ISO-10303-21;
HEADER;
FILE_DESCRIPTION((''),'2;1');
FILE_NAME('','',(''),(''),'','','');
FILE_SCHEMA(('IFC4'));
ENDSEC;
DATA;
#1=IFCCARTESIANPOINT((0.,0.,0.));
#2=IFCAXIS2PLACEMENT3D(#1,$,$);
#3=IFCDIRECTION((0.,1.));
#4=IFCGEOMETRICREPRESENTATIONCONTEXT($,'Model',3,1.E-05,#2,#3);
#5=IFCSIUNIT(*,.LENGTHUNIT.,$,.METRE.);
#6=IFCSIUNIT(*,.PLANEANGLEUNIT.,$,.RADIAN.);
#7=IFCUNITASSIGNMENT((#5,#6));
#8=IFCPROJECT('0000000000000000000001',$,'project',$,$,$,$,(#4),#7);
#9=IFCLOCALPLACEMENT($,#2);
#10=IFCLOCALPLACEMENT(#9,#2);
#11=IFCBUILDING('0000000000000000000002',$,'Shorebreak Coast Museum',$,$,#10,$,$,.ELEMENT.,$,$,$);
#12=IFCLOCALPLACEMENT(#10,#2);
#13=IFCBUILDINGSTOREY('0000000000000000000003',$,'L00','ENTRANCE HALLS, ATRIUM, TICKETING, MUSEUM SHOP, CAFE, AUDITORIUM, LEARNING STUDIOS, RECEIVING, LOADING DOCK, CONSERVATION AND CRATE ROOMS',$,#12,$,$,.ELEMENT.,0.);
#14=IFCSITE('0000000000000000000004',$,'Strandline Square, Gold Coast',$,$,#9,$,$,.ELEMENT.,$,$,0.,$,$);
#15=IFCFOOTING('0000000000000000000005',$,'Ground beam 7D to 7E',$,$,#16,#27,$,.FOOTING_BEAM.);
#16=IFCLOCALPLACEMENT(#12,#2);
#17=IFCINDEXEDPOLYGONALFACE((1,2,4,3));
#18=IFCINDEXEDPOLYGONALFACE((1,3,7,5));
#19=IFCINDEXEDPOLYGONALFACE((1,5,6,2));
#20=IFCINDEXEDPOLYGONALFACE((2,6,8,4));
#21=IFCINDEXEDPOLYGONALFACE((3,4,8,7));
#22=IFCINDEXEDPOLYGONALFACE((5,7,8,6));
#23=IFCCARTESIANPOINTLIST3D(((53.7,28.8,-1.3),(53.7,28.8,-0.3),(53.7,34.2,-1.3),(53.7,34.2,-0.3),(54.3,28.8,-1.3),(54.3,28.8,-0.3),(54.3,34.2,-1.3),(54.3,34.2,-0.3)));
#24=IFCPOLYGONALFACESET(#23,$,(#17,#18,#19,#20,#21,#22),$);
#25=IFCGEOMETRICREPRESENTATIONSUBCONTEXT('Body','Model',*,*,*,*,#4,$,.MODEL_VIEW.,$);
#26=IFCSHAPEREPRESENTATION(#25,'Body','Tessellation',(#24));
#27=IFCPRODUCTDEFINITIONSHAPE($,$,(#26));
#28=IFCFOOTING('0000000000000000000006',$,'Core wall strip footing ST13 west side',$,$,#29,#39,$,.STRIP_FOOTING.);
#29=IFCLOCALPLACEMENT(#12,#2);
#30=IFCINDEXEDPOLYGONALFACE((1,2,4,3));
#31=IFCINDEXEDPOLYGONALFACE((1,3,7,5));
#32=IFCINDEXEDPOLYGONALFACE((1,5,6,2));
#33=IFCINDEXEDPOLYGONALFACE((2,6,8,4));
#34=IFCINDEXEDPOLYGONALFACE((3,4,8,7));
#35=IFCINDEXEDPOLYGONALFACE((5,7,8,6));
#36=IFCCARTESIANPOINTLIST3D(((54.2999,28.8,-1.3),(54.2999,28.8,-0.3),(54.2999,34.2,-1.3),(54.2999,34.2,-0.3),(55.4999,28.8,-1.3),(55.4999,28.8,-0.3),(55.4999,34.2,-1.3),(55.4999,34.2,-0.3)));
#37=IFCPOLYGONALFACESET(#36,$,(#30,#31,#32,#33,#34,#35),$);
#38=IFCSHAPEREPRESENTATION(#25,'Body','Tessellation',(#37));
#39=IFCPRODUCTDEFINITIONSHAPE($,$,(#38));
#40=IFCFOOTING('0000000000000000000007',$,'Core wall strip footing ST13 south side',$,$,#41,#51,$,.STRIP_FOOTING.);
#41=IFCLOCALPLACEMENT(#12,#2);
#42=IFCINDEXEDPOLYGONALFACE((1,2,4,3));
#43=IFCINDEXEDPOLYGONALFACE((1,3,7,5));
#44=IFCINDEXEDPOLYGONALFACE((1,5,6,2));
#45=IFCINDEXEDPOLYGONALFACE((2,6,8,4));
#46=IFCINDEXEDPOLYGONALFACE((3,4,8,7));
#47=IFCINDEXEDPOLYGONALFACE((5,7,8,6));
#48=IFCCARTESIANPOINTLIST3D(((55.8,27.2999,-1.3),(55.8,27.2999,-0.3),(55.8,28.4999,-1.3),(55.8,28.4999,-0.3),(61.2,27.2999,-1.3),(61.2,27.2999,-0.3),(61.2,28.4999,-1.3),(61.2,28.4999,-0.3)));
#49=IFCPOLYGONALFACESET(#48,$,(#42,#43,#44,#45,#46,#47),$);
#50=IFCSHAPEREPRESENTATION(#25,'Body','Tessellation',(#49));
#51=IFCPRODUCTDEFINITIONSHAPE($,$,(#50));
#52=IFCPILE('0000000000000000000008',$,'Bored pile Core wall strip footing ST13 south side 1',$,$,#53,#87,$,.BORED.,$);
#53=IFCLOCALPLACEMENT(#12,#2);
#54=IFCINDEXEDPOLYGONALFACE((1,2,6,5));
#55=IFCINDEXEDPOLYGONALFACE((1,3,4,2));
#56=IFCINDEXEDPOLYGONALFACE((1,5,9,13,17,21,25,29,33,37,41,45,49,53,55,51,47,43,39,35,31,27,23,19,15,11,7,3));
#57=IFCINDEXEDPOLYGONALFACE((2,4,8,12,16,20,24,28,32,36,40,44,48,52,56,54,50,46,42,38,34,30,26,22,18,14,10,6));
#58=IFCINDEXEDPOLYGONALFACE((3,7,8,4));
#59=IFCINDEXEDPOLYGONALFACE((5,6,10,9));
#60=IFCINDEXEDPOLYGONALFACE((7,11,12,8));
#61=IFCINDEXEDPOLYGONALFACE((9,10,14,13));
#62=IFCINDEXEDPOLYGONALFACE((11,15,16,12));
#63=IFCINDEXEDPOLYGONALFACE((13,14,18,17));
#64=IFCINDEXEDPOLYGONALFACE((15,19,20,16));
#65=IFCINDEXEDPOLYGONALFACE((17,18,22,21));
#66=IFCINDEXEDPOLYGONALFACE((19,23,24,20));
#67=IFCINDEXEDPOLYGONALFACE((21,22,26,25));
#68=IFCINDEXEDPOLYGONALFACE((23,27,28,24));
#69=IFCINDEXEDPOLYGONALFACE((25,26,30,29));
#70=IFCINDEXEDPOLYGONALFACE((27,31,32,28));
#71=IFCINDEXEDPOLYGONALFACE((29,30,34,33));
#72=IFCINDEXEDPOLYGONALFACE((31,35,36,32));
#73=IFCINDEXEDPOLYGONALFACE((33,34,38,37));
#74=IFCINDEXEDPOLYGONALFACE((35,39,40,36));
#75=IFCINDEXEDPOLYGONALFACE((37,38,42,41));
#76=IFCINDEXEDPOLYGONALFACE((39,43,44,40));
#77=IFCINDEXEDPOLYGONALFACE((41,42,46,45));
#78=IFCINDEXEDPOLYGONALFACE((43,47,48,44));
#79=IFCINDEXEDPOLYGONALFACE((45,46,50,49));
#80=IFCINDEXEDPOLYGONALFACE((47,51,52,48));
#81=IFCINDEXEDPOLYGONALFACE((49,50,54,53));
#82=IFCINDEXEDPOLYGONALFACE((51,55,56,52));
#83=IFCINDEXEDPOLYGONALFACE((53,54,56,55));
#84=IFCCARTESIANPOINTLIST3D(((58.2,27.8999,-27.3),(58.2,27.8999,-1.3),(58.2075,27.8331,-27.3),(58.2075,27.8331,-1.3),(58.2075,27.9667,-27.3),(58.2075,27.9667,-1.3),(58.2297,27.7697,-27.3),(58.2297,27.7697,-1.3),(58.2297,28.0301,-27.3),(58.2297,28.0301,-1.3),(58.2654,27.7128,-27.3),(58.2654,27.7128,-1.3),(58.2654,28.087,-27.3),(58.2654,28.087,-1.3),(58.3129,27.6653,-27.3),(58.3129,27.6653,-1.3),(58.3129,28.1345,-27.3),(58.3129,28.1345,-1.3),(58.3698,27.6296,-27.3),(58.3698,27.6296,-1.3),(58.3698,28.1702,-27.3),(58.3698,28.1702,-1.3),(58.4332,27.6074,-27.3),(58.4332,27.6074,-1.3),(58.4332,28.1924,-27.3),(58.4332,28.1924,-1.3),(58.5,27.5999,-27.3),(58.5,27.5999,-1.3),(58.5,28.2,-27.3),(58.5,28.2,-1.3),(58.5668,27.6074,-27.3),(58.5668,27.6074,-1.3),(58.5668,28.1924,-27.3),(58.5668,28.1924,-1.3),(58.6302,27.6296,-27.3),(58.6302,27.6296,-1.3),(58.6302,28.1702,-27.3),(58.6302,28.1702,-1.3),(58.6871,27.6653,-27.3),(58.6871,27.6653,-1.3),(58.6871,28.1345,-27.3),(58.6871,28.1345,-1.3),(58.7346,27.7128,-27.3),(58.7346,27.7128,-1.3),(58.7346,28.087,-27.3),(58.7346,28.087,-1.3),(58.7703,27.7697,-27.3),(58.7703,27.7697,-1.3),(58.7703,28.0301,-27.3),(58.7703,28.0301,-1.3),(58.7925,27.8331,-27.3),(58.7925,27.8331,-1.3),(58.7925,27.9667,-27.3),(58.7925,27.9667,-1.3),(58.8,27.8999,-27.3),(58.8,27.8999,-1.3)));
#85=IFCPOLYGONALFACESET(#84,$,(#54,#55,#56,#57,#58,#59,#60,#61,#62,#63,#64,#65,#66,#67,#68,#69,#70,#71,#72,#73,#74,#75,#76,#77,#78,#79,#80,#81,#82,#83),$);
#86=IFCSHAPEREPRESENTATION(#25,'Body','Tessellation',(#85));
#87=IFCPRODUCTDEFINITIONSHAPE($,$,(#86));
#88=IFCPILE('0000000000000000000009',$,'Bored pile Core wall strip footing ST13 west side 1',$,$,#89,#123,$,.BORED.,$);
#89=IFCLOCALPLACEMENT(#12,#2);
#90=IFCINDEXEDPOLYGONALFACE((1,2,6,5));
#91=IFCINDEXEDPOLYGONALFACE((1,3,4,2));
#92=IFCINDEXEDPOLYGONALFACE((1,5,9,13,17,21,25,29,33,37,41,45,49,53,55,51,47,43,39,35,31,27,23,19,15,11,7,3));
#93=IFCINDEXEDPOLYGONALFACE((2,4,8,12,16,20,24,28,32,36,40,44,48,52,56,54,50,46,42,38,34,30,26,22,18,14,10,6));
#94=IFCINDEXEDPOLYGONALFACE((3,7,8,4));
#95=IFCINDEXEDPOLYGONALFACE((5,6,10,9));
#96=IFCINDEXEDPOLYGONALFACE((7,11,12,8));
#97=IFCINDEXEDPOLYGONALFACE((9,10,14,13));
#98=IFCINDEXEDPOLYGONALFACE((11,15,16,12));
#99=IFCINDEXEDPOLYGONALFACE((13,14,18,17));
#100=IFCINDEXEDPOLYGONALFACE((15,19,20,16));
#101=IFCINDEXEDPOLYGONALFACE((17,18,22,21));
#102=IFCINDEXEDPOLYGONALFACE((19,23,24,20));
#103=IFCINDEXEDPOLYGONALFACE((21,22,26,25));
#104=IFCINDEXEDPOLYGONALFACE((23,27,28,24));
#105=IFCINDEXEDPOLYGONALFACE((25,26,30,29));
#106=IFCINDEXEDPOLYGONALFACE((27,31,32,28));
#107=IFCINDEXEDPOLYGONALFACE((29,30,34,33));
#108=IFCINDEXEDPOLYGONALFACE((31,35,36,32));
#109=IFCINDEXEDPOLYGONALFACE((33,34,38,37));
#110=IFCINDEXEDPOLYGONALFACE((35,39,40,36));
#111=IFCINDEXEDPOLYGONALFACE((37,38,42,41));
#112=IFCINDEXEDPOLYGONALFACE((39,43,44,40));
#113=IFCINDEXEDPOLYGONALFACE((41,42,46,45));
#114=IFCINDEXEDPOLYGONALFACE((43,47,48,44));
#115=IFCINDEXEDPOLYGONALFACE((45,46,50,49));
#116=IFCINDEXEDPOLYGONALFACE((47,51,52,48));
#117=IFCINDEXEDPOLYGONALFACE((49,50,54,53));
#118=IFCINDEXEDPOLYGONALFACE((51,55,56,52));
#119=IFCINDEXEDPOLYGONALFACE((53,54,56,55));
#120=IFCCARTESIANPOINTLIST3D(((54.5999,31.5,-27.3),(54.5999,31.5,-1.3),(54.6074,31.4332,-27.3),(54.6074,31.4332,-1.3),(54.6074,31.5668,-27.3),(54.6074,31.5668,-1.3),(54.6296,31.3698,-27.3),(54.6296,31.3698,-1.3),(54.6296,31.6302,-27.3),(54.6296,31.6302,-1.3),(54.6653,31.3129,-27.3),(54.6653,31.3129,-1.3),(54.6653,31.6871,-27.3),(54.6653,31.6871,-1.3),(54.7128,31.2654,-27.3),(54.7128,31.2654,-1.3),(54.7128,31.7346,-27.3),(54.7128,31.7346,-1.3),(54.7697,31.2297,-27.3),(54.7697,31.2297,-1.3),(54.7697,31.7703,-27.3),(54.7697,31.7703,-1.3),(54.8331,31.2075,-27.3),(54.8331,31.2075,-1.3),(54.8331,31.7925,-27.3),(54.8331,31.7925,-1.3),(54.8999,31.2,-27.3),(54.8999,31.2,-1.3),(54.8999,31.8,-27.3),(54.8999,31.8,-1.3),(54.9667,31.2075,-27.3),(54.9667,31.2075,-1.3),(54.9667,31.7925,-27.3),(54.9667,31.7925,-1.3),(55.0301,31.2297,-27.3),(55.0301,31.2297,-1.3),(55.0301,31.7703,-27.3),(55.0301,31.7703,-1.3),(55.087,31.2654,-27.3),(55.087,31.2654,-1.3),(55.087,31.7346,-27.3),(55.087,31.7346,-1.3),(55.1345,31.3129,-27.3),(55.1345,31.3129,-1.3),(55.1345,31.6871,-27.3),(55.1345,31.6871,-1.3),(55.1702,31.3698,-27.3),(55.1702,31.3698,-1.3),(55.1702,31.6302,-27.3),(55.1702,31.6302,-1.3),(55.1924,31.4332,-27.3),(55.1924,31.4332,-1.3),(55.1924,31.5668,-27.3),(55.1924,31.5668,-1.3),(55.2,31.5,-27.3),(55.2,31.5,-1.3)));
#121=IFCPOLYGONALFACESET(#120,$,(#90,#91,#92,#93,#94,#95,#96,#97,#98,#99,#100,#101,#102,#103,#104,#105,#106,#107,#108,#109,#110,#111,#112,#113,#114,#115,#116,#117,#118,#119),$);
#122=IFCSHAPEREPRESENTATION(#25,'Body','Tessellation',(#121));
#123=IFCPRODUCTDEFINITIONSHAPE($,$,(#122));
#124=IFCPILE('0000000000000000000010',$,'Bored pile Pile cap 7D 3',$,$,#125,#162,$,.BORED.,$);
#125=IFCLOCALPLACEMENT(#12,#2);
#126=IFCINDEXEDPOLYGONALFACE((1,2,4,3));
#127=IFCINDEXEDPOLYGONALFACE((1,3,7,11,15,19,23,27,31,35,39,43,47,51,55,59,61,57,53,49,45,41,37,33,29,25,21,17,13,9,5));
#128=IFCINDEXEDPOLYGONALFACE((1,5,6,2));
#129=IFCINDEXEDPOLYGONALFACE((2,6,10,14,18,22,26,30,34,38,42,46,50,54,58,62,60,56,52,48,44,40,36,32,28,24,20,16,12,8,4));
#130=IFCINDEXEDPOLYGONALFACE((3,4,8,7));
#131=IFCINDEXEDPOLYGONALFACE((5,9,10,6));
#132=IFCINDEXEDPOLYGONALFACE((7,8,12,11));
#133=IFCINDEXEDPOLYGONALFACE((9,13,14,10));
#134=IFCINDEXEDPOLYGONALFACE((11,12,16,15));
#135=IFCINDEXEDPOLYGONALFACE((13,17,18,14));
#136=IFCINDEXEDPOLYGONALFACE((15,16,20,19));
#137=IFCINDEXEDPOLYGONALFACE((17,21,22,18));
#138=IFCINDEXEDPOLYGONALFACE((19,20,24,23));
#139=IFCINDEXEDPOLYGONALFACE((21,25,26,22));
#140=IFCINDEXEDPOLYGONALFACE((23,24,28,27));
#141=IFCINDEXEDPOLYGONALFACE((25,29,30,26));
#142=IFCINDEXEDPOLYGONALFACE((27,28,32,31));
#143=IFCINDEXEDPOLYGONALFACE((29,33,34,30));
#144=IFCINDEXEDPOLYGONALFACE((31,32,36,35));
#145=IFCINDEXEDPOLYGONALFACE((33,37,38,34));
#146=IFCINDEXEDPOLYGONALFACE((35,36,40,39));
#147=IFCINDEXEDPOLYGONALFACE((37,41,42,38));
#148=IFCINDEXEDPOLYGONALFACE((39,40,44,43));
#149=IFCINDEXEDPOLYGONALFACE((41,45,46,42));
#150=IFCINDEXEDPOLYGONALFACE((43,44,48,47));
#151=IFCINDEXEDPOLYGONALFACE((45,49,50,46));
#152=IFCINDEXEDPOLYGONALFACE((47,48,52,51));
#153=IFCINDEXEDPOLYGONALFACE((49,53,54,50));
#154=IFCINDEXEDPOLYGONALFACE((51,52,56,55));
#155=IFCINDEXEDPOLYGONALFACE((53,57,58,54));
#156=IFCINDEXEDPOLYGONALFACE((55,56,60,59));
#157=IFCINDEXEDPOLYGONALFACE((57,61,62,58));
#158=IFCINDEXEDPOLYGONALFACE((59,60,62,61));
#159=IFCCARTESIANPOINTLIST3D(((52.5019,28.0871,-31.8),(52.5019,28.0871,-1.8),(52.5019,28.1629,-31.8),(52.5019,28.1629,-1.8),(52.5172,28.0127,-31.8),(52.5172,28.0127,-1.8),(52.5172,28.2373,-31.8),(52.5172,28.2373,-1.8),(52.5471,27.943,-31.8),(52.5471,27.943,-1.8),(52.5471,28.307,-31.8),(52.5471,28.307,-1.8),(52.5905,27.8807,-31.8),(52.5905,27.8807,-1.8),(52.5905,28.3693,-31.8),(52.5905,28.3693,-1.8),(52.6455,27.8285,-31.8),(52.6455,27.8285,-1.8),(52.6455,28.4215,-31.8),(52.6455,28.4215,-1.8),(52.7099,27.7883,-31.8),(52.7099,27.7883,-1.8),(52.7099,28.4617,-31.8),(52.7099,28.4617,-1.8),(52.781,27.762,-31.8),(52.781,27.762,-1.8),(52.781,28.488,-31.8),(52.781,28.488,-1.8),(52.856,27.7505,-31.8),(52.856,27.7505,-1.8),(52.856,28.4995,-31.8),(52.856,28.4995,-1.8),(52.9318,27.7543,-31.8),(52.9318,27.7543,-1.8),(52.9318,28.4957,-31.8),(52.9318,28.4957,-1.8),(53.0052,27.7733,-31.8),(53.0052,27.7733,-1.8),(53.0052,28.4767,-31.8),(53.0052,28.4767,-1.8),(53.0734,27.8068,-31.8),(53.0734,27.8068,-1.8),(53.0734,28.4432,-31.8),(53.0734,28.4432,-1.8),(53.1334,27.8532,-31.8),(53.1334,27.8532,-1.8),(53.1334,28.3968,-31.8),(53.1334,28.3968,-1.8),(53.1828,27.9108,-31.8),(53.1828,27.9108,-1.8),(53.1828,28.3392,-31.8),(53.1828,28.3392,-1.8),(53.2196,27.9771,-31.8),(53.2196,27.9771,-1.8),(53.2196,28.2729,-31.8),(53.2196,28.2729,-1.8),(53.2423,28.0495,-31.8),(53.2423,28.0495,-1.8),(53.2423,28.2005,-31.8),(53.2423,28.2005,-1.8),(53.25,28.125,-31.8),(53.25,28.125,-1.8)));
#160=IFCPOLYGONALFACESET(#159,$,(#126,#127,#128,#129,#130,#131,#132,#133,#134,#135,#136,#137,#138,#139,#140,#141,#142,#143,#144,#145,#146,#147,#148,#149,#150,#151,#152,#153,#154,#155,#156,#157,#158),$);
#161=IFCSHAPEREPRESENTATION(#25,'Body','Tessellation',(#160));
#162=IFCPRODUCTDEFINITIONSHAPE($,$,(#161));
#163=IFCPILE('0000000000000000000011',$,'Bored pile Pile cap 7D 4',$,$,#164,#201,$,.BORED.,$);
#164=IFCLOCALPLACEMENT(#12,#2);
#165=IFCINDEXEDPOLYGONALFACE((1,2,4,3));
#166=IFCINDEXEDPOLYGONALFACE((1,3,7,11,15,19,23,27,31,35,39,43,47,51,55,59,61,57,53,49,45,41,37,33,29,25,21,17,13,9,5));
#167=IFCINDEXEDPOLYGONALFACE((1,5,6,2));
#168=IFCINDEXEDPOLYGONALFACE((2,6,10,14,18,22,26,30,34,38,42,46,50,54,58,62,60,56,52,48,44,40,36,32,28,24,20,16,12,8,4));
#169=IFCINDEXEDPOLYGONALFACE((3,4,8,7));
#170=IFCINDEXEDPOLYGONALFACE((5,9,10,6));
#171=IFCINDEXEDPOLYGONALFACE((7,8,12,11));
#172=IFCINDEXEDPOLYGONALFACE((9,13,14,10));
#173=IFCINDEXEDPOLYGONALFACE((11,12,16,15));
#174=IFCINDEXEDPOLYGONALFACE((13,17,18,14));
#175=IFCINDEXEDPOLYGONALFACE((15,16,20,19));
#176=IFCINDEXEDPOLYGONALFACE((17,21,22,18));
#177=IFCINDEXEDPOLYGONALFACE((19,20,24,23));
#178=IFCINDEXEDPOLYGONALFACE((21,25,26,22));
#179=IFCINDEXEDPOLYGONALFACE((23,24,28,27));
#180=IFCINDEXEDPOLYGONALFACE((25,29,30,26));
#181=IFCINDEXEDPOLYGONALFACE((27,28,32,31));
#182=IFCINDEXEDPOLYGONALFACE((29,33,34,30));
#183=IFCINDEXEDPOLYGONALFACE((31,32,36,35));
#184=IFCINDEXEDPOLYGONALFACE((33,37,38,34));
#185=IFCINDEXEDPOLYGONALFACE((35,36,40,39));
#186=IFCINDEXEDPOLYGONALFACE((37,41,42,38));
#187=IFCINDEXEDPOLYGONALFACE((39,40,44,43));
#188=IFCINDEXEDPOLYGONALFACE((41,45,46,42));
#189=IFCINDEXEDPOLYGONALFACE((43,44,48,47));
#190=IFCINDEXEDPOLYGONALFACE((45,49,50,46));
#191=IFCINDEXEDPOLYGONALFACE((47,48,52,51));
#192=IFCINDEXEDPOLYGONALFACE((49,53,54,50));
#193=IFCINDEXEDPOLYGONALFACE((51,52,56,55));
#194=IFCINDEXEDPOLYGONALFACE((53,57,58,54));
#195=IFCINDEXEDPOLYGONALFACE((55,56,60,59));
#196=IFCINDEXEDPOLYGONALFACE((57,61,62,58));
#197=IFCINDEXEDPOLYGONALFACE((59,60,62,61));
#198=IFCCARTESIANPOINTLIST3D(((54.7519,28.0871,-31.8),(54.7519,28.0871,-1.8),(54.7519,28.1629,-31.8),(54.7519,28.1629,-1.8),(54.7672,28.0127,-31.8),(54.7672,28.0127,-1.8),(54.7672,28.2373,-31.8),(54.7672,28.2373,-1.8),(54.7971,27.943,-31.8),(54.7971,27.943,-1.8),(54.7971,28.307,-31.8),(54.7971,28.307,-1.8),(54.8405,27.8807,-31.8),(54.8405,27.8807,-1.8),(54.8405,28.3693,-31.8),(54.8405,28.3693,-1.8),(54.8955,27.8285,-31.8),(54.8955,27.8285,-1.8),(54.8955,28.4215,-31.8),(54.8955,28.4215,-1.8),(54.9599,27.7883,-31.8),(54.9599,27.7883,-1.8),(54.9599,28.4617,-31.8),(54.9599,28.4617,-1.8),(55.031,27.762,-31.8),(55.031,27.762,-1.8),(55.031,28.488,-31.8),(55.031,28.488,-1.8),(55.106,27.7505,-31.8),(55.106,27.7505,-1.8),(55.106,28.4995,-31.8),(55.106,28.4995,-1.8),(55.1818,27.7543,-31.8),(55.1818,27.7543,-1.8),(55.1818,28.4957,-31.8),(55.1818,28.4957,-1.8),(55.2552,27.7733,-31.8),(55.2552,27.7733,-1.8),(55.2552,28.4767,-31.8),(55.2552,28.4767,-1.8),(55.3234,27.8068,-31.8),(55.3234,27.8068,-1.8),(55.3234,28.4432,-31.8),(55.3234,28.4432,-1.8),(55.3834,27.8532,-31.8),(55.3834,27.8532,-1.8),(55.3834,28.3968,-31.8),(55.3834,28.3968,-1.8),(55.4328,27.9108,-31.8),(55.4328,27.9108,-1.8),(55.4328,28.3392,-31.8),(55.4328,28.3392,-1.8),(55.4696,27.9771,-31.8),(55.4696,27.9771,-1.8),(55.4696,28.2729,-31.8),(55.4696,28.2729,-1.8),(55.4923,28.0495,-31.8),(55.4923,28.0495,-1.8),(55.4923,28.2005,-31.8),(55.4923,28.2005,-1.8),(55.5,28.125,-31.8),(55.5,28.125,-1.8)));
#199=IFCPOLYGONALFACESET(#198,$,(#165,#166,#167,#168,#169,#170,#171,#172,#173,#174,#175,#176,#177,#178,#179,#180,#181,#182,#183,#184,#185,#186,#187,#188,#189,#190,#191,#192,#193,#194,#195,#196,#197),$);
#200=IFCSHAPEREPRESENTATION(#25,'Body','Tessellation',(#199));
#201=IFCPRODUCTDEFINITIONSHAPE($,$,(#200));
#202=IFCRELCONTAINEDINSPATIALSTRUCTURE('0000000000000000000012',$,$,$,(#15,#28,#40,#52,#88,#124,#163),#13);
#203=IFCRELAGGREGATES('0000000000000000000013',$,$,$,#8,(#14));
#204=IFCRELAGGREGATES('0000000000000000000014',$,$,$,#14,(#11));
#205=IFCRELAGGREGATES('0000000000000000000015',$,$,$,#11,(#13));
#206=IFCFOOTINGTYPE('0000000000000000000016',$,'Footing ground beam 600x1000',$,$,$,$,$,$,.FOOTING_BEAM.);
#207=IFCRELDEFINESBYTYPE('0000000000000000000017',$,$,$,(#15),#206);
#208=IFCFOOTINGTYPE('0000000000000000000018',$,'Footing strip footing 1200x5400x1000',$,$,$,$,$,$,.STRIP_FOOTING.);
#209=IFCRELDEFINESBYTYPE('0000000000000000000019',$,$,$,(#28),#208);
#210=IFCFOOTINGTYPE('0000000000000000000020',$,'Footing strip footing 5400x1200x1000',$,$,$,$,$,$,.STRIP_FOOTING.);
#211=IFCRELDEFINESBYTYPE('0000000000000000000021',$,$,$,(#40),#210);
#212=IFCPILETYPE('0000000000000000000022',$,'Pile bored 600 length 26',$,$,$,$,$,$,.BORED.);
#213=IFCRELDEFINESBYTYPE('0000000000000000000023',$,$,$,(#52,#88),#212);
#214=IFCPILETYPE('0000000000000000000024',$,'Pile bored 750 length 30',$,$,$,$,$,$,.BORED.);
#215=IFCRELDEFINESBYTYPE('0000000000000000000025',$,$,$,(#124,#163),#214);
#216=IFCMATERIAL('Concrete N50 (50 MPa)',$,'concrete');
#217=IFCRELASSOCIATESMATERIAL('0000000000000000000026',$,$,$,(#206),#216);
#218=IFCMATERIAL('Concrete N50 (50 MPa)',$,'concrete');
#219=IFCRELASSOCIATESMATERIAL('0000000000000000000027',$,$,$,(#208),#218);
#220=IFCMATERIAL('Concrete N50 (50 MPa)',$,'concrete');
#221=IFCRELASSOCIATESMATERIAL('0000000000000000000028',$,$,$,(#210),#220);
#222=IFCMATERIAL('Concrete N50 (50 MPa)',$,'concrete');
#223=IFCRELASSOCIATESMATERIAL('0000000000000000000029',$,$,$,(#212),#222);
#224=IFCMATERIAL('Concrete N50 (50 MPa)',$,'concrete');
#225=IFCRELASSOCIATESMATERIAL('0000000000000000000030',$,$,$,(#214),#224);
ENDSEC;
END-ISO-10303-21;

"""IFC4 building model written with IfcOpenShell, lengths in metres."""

from ifc_helpers import new_model, si_unit, direction, frame, origin, origin_2d, place, context, subcontext, project, spatial, rectangle, circle, extrude, material, material_profile, profile_set, type_object, element, save


model = new_model("IFC4")

# Units and contexts
model_context = context("Model", 3, precision=1e-05, world=origin(), true_north=direction((0.0, 1.0)))
body_context = subcontext(model_context, "Body", "Model", "MODEL_VIEW")
ifc_project = project(units=[si_unit("LENGTHUNIT", "METRE"), si_unit("PLANEANGLEUNIT", "RADIAN")], contexts=[model_context])

# Site, building, storey
site_placement = place(None, origin())
site = spatial("IfcSite", under=ifc_project, at=site_placement, Name="Strandline Square, Gold Coast", CompositionType="ELEMENT", RefElevation=0.0)
building_placement = place(site_placement, origin())
building = spatial("IfcBuilding", under=site, at=building_placement, Name="Shorebreak Coast Museum", CompositionType="ELEMENT")
storey_placement = place(building_placement, origin())
storey = spatial("IfcBuildingStorey", under=building, at=storey_placement, Name="L00", Description="ENTRANCE HALLS, ATRIUM, TICKETING, MUSEUM SHOP, CAFE, AUDITORIUM, LEARNING STUDIOS, RECEIVING, LOADING DOCK, CONSERVATION AND CRATE ROOMS", CompositionType="ELEMENT", Elevation=0.0)

# Footings
ifc_material_1 = material(Name="Concrete N50 (50 MPa)", Category="concrete")
footing_type_1 = type_object("IfcFootingType", Name="Footing ground beam 600x1000", PredefinedType="FOOTING_BEAM", material=ifc_material_1)
footing_1_placement = place(storey_placement, frame((54.0, 31.5, -1.3), z_axis=(0.0, 0.0, 1.0), x_axis=(1.0, 0.0, 0.0)))
element("IfcFooting", 1, at=footing_1_placement, inside=storey, type_object=footing_type_1, Name="Ground beam 7D to 7E", PredefinedType="FOOTING_BEAM", context=body_context, shape_type="SweptSolid", body=[
    extrude(rectangle(XDim=0.6001, YDim=5.3999, at=origin_2d()), origin(), (0.0, 0.0, 1.0), 1.0),
])
ifc_material_2 = material(Name="Concrete N50 (50 MPa)", Category="concrete")
footing_type_2 = type_object("IfcFootingType", Name="Footing strip footing 1200x5400x1000", PredefinedType="STRIP_FOOTING", material=ifc_material_2)
footing_2_placement = place(storey_placement, frame((54.8999, 31.5, -1.3), z_axis=(0.0, 0.0, 1.0), x_axis=(1.0, 0.0, 0.0)))
element("IfcFooting", 2, at=footing_2_placement, inside=storey, type_object=footing_type_2, Name="Core wall strip footing ST13 west side", PredefinedType="STRIP_FOOTING", context=body_context, shape_type="SweptSolid", body=[
    extrude(rectangle(XDim=1.2, YDim=5.3999, at=origin_2d()), origin(), (0.0, 0.0, 1.0), 1.0),
])
ifc_material_3 = material(Name="Concrete N50 (50 MPa)", Category="concrete")
footing_type_3 = type_object("IfcFootingType", Name="Footing strip footing 5400x1200x1000", PredefinedType="STRIP_FOOTING", material=ifc_material_3)
footing_3_placement = place(storey_placement, frame((58.5, 27.8999, -1.3), z_axis=(0.0, 0.0, 1.0), x_axis=(1.0, 0.0, 0.0)))
element("IfcFooting", 3, at=footing_3_placement, inside=storey, type_object=footing_type_3, Name="Core wall strip footing ST13 south side", PredefinedType="STRIP_FOOTING", context=body_context, shape_type="SweptSolid", body=[
    extrude(rectangle(XDim=5.3999, YDim=1.2, at=origin_2d()), origin(), (0.0, 0.0, 1.0), 1.0),
])

# Piles
ifc_material_4 = material(Name="Concrete N50 (50 MPa)", Category="concrete")
ifc_material_profile_1 = material_profile(ifc_material_4, circle(Radius=0.3, at=origin_2d()), Name="Pile bored 600 length 26")
ifc_profile_set_1 = profile_set([ifc_material_profile_1], Name="Concrete N50 (50 MPa)")
pile_type_1 = type_object("IfcPileType", Name="Pile bored 600 length 26", PredefinedType="BORED", material=ifc_profile_set_1)
for number, where, z_axis, x_axis, name in (
    (4, (58.5, 27.8999, -1.3), (0.0, 0.0, -1.0), (1.0, 0.0, 0.0), "Bored pile Core wall strip footing ST13 south side 1"),
    (5, (54.8999, 31.5, -1.3), (0.0, 0.0, -1.0), (1.0, 0.0, 0.0), "Bored pile Core wall strip footing ST13 west side 1"),
):
    element("IfcPile", number, at=place(storey_placement, frame(where, z_axis=z_axis, x_axis=x_axis)), inside=storey, type_object=pile_type_1, Name=name, PredefinedType="BORED", context=body_context, shape_type="SweptSolid", body=[
        extrude(circle(Radius=0.3, at=origin_2d()), origin(), (0.0, 0.0, 1.0), 26.0),
    ])
ifc_material_5 = material(Name="Concrete N50 (50 MPa)", Category="concrete")
ifc_material_profile_2 = material_profile(ifc_material_5, circle(Radius=0.375, at=origin_2d()), Name="Pile bored 750 length 30")
ifc_profile_set_2 = profile_set([ifc_material_profile_2], Name="Concrete N50 (50 MPa)")
pile_type_2 = type_object("IfcPileType", Name="Pile bored 750 length 30", PredefinedType="BORED", material=ifc_profile_set_2)
for number, where, z_axis, x_axis, name in (
    (6, (52.875, 28.125, -1.8), (0.0, 0.0, -1.0), (1.0, 0.0, 0.0), "Bored pile Pile cap 7D 3"),
    (7, (55.125, 28.125, -1.8), (0.0, 0.0, -1.0), (1.0, 0.0, 0.0), "Bored pile Pile cap 7D 4"),
):
    element("IfcPile", number, at=place(storey_placement, frame(where, z_axis=z_axis, x_axis=x_axis)), inside=storey, type_object=pile_type_2, Name=name, PredefinedType="BORED", context=body_context, shape_type="SweptSolid", body=[
        extrude(circle(Radius=0.375, at=origin_2d()), origin(), (0.0, 0.0, 1.0), 30.0),
    ])

save(model, "model.ifc")
